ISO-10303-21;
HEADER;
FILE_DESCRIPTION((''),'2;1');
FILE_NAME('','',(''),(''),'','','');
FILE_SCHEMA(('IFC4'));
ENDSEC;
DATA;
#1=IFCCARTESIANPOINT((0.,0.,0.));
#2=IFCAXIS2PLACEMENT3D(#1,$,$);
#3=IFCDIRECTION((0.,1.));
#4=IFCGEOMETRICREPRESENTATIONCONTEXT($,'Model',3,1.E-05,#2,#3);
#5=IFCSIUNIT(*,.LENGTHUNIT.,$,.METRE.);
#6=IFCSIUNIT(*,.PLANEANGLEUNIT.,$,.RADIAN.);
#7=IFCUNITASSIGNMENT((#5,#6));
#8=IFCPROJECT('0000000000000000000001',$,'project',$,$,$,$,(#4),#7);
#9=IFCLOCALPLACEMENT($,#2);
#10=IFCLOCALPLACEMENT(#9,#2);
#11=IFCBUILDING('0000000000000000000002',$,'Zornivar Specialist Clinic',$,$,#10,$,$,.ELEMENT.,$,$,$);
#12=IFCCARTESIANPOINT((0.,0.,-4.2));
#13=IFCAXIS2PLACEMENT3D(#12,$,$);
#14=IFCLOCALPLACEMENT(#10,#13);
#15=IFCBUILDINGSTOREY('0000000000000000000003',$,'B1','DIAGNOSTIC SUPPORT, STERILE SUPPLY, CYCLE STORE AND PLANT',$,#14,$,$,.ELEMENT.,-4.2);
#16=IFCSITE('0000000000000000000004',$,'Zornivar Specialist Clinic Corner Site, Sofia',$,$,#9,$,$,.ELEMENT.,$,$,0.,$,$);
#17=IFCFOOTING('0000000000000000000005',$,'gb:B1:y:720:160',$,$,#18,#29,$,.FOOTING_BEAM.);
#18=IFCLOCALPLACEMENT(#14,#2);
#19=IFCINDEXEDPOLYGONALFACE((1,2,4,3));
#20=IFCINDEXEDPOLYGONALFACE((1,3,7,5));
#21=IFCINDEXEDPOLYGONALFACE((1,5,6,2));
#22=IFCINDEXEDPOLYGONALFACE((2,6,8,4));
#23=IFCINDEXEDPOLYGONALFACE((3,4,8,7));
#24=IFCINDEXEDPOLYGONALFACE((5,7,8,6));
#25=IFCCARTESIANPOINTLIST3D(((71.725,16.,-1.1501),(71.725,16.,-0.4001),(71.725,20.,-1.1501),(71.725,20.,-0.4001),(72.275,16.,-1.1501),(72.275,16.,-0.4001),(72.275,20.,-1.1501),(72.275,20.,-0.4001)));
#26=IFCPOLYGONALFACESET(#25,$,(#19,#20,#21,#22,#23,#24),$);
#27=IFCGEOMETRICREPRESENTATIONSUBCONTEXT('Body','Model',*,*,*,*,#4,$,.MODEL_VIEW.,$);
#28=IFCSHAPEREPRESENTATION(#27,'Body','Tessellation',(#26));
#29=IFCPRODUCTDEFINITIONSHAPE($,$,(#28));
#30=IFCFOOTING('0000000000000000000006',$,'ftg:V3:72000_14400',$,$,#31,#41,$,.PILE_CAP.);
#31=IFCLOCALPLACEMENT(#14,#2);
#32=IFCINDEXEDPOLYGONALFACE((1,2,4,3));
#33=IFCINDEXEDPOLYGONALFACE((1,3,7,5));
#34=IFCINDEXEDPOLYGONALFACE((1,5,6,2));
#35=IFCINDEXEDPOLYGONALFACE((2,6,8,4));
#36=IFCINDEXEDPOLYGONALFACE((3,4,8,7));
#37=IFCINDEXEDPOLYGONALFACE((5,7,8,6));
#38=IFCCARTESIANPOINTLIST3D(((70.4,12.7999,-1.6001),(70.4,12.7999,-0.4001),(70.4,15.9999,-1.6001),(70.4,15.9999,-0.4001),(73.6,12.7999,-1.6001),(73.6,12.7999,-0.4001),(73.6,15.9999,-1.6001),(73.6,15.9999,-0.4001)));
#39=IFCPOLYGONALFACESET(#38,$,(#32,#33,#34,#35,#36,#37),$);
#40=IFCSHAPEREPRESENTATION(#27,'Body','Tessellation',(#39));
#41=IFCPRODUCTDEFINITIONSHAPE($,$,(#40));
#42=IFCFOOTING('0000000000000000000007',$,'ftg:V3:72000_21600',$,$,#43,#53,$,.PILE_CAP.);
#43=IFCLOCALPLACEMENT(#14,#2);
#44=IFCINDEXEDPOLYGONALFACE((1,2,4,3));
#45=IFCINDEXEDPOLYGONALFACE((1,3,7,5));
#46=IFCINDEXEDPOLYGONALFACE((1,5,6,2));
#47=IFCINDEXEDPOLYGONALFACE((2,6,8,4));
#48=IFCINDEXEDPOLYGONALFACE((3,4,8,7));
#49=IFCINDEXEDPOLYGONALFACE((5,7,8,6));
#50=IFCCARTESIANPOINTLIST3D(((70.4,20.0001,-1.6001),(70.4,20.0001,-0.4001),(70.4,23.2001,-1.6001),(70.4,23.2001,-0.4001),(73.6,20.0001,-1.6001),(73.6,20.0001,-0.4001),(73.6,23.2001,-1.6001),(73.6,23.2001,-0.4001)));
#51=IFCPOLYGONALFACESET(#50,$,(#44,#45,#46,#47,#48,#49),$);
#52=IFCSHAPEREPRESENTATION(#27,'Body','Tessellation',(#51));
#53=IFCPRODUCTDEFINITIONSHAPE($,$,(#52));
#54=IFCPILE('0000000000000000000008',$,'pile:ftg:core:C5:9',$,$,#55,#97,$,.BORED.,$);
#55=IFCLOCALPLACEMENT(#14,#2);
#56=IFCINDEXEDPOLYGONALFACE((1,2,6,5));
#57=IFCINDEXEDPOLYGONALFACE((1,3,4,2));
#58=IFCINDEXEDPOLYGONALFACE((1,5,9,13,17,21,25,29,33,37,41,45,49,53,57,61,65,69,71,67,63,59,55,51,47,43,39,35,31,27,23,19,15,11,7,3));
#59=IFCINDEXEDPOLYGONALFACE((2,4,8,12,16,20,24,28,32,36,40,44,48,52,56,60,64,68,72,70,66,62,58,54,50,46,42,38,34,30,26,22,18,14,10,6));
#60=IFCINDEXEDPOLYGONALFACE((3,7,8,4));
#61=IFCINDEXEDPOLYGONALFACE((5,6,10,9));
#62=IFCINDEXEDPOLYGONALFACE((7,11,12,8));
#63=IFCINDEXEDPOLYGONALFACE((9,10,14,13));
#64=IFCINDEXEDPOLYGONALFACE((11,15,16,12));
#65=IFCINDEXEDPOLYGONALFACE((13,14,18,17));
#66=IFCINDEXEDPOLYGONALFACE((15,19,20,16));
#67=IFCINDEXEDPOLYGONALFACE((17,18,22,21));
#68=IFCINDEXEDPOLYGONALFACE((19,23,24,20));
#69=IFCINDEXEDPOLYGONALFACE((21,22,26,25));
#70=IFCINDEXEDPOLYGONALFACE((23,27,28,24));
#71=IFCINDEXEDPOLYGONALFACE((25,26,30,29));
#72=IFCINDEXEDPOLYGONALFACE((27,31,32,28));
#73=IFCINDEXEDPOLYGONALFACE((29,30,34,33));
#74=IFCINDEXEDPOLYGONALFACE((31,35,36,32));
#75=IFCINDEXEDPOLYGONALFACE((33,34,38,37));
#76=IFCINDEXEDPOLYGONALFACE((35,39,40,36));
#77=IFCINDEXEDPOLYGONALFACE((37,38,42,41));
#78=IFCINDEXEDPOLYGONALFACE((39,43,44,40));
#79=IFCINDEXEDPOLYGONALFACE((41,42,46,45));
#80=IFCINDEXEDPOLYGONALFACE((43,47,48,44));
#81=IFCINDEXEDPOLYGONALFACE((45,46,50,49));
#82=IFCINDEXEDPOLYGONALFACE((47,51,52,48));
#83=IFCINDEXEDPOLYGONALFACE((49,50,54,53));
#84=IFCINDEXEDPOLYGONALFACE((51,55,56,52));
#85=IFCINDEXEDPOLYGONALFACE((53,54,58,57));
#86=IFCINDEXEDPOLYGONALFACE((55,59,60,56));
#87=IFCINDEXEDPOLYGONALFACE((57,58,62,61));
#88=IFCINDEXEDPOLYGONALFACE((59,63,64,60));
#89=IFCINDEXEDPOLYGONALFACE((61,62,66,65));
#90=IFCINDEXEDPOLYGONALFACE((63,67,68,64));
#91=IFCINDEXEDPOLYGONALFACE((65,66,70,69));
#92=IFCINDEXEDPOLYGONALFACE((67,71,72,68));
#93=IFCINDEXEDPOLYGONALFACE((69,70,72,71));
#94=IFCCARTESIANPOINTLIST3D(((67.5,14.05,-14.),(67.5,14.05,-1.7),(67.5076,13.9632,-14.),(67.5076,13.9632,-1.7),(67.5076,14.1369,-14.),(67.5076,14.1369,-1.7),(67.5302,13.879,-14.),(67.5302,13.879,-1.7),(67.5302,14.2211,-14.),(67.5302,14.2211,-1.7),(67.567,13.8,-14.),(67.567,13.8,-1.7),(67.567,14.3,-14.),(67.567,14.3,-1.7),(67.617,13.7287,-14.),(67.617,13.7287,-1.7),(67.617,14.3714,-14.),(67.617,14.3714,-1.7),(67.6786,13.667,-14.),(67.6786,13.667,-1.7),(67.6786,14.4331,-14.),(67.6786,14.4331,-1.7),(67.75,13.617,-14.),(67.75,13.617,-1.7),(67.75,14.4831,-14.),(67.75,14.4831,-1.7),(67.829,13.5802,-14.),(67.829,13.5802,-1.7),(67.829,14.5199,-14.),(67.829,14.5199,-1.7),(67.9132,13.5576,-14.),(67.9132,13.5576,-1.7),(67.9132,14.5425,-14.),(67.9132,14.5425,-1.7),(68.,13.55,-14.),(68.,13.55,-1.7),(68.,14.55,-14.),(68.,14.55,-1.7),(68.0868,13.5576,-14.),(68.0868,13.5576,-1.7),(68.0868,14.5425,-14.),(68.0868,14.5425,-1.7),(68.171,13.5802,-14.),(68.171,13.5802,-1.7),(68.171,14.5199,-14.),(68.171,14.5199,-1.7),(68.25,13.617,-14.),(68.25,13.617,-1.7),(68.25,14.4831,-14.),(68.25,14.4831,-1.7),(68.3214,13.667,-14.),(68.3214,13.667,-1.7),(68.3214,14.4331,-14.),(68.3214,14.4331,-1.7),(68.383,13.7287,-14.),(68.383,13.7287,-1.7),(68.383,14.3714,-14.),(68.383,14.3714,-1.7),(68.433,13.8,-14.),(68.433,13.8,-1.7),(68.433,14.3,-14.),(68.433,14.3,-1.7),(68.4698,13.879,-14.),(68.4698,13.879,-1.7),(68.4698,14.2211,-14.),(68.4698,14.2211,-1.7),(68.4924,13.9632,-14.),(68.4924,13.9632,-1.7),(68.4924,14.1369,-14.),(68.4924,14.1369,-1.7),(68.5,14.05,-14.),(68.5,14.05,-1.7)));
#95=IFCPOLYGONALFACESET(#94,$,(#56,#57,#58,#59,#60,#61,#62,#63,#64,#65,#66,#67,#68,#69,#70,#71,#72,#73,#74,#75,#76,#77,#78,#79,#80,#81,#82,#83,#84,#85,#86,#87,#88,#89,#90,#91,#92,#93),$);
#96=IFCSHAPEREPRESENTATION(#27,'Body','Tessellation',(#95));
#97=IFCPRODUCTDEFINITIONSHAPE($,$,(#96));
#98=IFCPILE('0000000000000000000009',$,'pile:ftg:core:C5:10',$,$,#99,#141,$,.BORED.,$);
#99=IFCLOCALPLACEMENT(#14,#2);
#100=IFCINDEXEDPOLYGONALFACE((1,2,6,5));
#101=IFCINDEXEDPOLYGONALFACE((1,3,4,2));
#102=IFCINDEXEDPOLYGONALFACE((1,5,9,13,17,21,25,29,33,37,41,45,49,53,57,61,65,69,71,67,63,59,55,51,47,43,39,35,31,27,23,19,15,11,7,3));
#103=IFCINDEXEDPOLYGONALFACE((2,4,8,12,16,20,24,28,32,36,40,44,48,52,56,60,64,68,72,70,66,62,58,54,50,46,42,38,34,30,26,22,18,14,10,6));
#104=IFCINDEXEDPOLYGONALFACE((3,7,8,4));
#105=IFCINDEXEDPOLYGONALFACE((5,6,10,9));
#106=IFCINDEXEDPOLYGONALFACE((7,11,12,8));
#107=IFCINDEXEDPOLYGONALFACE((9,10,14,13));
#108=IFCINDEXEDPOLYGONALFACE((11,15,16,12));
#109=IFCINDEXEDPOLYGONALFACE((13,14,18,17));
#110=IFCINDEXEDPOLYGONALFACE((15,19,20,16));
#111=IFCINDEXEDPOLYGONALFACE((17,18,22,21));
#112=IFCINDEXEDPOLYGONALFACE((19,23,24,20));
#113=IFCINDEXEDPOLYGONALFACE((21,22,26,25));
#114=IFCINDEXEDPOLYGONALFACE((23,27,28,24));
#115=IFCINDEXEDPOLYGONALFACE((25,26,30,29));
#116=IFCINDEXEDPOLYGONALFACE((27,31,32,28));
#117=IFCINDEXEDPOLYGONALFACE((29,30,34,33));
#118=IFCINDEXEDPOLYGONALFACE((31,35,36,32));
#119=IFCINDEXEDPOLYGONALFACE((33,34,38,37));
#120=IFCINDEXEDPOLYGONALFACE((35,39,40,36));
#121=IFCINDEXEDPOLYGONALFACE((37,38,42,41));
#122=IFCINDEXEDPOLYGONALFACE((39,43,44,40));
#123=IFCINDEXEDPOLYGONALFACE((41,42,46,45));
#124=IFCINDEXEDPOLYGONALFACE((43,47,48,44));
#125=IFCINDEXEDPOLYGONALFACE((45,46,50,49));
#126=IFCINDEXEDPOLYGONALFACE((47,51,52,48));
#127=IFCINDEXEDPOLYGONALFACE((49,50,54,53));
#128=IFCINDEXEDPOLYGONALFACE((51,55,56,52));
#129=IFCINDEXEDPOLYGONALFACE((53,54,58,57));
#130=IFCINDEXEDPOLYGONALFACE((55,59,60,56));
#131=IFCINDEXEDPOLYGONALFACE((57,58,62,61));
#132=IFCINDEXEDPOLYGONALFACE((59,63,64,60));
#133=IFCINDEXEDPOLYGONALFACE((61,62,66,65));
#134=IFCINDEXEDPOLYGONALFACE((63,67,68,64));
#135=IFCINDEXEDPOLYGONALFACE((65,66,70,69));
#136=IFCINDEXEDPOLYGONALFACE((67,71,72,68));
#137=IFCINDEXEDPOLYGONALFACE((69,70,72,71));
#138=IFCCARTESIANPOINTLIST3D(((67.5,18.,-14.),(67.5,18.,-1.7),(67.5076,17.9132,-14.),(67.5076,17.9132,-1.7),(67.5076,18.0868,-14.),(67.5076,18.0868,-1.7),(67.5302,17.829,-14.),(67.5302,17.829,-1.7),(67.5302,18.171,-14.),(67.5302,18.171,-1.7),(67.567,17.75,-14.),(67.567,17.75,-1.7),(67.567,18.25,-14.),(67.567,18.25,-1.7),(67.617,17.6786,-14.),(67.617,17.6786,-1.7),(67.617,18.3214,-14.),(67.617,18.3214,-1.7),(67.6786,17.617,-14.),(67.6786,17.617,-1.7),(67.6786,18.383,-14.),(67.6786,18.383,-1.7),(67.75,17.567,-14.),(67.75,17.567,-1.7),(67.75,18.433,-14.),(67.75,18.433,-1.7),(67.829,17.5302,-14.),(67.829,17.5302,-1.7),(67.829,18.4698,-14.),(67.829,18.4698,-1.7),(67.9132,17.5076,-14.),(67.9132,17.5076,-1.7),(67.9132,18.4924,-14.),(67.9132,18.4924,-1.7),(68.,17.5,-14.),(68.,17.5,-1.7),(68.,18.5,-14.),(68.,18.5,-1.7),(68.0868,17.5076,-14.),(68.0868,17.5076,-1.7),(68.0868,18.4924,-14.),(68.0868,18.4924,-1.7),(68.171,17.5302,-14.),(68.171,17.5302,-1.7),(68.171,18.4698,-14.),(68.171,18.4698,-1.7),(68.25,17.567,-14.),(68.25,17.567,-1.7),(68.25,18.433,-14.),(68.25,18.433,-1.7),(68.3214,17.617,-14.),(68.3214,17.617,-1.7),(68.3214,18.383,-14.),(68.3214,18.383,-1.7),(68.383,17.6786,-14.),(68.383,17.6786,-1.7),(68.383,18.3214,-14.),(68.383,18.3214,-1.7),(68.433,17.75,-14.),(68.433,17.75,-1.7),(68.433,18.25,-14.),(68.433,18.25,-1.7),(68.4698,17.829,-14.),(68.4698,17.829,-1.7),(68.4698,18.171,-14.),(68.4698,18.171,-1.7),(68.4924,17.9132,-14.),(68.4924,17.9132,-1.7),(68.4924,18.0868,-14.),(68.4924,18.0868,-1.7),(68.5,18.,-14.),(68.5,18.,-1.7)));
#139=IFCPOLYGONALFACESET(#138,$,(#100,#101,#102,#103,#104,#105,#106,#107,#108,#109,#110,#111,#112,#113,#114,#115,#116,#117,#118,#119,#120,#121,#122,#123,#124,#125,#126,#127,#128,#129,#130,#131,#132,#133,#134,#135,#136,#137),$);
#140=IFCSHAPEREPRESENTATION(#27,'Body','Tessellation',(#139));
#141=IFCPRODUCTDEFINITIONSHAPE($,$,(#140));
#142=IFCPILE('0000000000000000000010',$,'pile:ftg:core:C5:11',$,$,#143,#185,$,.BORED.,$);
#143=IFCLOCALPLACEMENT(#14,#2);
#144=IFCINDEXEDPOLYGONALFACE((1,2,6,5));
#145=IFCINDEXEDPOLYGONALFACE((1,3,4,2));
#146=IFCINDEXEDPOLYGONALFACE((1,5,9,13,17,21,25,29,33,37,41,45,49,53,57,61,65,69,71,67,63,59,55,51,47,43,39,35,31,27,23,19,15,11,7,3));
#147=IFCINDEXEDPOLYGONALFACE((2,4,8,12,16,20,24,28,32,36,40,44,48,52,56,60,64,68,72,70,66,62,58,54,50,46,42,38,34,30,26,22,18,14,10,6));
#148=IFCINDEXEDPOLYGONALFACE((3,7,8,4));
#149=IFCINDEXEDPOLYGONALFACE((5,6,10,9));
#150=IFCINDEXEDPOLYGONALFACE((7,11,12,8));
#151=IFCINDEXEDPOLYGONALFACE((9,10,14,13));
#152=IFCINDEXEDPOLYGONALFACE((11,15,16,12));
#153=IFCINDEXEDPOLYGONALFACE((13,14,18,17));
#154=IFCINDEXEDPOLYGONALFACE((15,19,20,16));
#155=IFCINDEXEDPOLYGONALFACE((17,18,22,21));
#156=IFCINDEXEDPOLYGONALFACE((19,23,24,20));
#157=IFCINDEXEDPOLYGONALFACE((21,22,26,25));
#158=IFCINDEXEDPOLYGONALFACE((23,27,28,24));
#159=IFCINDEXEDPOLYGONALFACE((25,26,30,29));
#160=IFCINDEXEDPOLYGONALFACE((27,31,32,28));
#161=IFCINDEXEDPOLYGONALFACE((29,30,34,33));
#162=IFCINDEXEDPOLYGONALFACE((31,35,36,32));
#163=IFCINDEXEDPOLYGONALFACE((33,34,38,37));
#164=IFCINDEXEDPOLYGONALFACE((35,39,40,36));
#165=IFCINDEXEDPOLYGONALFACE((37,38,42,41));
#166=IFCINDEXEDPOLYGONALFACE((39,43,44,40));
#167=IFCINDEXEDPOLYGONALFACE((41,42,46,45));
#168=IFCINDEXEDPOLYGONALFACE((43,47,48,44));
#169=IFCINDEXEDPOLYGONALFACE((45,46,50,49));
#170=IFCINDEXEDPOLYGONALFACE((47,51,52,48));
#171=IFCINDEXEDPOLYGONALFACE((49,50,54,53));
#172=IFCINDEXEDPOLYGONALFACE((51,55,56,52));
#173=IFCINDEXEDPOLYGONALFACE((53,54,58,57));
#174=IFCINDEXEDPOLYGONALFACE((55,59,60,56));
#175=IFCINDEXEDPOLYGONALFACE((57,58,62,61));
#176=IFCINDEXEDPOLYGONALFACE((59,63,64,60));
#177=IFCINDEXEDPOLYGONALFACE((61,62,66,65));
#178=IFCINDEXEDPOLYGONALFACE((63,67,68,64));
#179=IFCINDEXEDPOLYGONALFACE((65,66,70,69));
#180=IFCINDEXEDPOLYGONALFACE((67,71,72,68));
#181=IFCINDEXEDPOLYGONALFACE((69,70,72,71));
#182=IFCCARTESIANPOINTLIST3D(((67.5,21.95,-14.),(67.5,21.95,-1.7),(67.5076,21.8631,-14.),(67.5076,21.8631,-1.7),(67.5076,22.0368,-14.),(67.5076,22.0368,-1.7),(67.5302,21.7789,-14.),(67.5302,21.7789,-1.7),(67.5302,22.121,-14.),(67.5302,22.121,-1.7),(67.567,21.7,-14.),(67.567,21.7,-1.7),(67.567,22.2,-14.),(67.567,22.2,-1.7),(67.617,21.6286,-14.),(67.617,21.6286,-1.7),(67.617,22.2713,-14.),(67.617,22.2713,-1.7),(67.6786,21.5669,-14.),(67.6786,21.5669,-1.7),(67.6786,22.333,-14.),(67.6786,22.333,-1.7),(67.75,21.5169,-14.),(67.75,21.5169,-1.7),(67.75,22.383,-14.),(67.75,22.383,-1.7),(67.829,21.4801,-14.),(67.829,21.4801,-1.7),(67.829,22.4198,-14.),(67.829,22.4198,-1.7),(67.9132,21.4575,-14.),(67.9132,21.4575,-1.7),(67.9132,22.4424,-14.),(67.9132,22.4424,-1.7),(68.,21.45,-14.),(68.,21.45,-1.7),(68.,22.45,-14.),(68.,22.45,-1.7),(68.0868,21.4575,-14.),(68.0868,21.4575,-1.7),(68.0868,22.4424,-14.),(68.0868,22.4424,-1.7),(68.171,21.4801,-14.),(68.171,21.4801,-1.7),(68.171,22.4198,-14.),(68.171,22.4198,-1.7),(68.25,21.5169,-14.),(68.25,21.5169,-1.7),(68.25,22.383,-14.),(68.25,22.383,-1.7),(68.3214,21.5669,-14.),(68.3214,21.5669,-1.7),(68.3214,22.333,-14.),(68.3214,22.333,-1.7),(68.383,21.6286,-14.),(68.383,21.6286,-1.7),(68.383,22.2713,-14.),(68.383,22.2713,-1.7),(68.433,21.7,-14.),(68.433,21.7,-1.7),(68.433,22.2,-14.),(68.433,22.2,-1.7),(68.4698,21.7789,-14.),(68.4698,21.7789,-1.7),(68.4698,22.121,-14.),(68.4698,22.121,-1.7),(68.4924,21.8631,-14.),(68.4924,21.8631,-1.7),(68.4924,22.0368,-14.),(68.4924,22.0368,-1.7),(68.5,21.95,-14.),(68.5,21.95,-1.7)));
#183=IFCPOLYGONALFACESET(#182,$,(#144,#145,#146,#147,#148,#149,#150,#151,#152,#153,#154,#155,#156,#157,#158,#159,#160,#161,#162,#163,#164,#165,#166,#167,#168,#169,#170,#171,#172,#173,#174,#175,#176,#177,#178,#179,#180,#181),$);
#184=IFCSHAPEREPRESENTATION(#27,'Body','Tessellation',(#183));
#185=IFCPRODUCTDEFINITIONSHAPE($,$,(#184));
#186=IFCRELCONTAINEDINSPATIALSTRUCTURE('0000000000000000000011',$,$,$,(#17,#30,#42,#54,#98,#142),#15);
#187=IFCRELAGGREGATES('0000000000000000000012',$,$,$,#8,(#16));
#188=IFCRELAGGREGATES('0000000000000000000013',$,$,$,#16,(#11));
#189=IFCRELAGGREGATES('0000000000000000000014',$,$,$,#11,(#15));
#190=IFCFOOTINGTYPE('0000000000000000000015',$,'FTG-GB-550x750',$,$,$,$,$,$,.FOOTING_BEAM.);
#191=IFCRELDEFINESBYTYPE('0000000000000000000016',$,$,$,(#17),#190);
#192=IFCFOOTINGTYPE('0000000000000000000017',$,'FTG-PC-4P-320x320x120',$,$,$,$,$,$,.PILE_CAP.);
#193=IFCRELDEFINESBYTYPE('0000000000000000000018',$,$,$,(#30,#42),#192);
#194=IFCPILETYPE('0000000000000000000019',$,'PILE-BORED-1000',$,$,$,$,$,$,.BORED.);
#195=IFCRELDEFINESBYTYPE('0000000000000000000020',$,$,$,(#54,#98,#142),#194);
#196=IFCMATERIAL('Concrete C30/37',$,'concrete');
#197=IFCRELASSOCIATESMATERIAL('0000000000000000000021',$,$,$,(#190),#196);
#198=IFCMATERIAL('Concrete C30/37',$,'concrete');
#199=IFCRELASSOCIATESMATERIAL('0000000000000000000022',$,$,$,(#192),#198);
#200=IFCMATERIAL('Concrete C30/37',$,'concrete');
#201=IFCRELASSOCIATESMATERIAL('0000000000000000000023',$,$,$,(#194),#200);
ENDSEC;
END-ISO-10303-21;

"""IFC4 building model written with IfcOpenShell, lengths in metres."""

from ifc_helpers import new_model, si_unit, direction, frame, origin, origin_2d, place, context, subcontext, project, spatial, rectangle, circle, extrude, material, material_profile, profile_set, type_object, element, save


model = new_model("IFC4")

# Units and contexts
model_context = context("Model", 3, precision=1e-05, world=origin(), true_north=direction((0.0, 1.0)))
body_context = subcontext(model_context, "Body", "Model", "MODEL_VIEW")
ifc_project = project(units=[si_unit("LENGTHUNIT", "METRE"), si_unit("PLANEANGLEUNIT", "RADIAN")], contexts=[model_context])

# Site, building, storey
site_placement = place(None, origin())
site = spatial("IfcSite", under=ifc_project, at=site_placement, Name="Zornivar Specialist Clinic Corner Site, Sofia", CompositionType="ELEMENT", RefElevation=0.0)
building_placement = place(site_placement, origin())
building = spatial("IfcBuilding", under=site, at=building_placement, Name="Zornivar Specialist Clinic", CompositionType="ELEMENT")
storey_placement = place(building_placement, frame((0.0, 0.0, -4.2)))
storey = spatial("IfcBuildingStorey", under=building, at=storey_placement, Name="B1", Description="DIAGNOSTIC SUPPORT, STERILE SUPPLY, CYCLE STORE AND PLANT", CompositionType="ELEMENT", Elevation=-4.2)

# Footings
ifc_material_1 = material(Name="Concrete C30/37", Category="concrete")
ifc_material_profile_1 = material_profile(ifc_material_1, rectangle(XDim=0.55, YDim=0.75, at=origin_2d()), Name="RC 550x750")
ifc_profile_set_1 = profile_set([ifc_material_profile_1], Name="Concrete C30/37")
footing_type_1 = type_object("IfcFootingType", Name="FTG-GB-550x750", PredefinedType="FOOTING_BEAM", material=ifc_profile_set_1)
footing_placement = place(storey_placement, frame((72.0, 16.0, -0.7751), z_axis=(0.0, 1.0, 0.0), x_axis=(-1.0, 0.0, 0.0)))
element("IfcFooting", 1, at=footing_placement, inside=storey, type_object=footing_type_1, Name="gb:B1:y:720:160", PredefinedType="FOOTING_BEAM", context=body_context, shape_type="SweptSolid", body=[
    extrude(rectangle(XDim=0.55, YDim=0.75, at=origin_2d()), origin(), (0.0, 0.0, 1.0), 4.0),
])
ifc_material_2 = material(Name="Concrete C30/37", Category="concrete")
footing_type_2 = type_object("IfcFootingType", Name="FTG-PC-4P-320x320x120", PredefinedType="PILE_CAP", material=ifc_material_2)
for number, where, z_axis, x_axis, name in (
    (2, (72.0, 14.3999, -1.6001), (0.0, 0.0, 1.0), (1.0, 0.0, 0.0), "ftg:V3:72000_14400"),
    (3, (72.0, 21.6001, -1.6001), (0.0, 0.0, 1.0), (1.0, 0.0, 0.0), "ftg:V3:72000_21600"),
):
    element("IfcFooting", number, at=place(storey_placement, frame(where, z_axis=z_axis, x_axis=x_axis)), inside=storey, type_object=footing_type_2, Name=name, PredefinedType="PILE_CAP", context=body_context, shape_type="SweptSolid", body=[
        extrude(rectangle(XDim=3.2, YDim=3.2, at=origin_2d()), origin(), (0.0, 0.0, 1.0), 1.2),
    ])

# Piles
ifc_material_3 = material(Name="Concrete C30/37", Category="concrete")
ifc_material_profile_2 = material_profile(ifc_material_3, circle(Radius=0.5, at=origin_2d()), Name="PILE D1000")
ifc_profile_set_2 = profile_set([ifc_material_profile_2], Name="Concrete C30/37")
pile_type_1 = type_object("IfcPileType", Name="PILE-BORED-1000", PredefinedType="BORED", material=ifc_profile_set_2)
for number, where, z_axis, x_axis, name in (
    (4, (68.0, 14.05, -1.7), (0.0, 0.0, -1.0), (1.0, 0.0, 0.0), "pile:ftg:core:C5:9"),
    (5, (68.0, 18.0, -1.7), (0.0, 0.0, -1.0), (1.0, 0.0, 0.0), "pile:ftg:core:C5:10"),
    (6, (68.0, 21.95, -1.7), (0.0, 0.0, -1.0), (1.0, 0.0, 0.0), "pile:ftg:core:C5:11"),
):
    element("IfcPile", number, at=place(storey_placement, frame(where, z_axis=z_axis, x_axis=x_axis)), inside=storey, type_object=pile_type_1, Name=name, PredefinedType="BORED", context=body_context, shape_type="SweptSolid", body=[
        extrude(circle(Radius=0.5, at=origin_2d()), origin(), (0.0, 0.0, 1.0), 12.3),
    ])

save(model, "model.ifc")
